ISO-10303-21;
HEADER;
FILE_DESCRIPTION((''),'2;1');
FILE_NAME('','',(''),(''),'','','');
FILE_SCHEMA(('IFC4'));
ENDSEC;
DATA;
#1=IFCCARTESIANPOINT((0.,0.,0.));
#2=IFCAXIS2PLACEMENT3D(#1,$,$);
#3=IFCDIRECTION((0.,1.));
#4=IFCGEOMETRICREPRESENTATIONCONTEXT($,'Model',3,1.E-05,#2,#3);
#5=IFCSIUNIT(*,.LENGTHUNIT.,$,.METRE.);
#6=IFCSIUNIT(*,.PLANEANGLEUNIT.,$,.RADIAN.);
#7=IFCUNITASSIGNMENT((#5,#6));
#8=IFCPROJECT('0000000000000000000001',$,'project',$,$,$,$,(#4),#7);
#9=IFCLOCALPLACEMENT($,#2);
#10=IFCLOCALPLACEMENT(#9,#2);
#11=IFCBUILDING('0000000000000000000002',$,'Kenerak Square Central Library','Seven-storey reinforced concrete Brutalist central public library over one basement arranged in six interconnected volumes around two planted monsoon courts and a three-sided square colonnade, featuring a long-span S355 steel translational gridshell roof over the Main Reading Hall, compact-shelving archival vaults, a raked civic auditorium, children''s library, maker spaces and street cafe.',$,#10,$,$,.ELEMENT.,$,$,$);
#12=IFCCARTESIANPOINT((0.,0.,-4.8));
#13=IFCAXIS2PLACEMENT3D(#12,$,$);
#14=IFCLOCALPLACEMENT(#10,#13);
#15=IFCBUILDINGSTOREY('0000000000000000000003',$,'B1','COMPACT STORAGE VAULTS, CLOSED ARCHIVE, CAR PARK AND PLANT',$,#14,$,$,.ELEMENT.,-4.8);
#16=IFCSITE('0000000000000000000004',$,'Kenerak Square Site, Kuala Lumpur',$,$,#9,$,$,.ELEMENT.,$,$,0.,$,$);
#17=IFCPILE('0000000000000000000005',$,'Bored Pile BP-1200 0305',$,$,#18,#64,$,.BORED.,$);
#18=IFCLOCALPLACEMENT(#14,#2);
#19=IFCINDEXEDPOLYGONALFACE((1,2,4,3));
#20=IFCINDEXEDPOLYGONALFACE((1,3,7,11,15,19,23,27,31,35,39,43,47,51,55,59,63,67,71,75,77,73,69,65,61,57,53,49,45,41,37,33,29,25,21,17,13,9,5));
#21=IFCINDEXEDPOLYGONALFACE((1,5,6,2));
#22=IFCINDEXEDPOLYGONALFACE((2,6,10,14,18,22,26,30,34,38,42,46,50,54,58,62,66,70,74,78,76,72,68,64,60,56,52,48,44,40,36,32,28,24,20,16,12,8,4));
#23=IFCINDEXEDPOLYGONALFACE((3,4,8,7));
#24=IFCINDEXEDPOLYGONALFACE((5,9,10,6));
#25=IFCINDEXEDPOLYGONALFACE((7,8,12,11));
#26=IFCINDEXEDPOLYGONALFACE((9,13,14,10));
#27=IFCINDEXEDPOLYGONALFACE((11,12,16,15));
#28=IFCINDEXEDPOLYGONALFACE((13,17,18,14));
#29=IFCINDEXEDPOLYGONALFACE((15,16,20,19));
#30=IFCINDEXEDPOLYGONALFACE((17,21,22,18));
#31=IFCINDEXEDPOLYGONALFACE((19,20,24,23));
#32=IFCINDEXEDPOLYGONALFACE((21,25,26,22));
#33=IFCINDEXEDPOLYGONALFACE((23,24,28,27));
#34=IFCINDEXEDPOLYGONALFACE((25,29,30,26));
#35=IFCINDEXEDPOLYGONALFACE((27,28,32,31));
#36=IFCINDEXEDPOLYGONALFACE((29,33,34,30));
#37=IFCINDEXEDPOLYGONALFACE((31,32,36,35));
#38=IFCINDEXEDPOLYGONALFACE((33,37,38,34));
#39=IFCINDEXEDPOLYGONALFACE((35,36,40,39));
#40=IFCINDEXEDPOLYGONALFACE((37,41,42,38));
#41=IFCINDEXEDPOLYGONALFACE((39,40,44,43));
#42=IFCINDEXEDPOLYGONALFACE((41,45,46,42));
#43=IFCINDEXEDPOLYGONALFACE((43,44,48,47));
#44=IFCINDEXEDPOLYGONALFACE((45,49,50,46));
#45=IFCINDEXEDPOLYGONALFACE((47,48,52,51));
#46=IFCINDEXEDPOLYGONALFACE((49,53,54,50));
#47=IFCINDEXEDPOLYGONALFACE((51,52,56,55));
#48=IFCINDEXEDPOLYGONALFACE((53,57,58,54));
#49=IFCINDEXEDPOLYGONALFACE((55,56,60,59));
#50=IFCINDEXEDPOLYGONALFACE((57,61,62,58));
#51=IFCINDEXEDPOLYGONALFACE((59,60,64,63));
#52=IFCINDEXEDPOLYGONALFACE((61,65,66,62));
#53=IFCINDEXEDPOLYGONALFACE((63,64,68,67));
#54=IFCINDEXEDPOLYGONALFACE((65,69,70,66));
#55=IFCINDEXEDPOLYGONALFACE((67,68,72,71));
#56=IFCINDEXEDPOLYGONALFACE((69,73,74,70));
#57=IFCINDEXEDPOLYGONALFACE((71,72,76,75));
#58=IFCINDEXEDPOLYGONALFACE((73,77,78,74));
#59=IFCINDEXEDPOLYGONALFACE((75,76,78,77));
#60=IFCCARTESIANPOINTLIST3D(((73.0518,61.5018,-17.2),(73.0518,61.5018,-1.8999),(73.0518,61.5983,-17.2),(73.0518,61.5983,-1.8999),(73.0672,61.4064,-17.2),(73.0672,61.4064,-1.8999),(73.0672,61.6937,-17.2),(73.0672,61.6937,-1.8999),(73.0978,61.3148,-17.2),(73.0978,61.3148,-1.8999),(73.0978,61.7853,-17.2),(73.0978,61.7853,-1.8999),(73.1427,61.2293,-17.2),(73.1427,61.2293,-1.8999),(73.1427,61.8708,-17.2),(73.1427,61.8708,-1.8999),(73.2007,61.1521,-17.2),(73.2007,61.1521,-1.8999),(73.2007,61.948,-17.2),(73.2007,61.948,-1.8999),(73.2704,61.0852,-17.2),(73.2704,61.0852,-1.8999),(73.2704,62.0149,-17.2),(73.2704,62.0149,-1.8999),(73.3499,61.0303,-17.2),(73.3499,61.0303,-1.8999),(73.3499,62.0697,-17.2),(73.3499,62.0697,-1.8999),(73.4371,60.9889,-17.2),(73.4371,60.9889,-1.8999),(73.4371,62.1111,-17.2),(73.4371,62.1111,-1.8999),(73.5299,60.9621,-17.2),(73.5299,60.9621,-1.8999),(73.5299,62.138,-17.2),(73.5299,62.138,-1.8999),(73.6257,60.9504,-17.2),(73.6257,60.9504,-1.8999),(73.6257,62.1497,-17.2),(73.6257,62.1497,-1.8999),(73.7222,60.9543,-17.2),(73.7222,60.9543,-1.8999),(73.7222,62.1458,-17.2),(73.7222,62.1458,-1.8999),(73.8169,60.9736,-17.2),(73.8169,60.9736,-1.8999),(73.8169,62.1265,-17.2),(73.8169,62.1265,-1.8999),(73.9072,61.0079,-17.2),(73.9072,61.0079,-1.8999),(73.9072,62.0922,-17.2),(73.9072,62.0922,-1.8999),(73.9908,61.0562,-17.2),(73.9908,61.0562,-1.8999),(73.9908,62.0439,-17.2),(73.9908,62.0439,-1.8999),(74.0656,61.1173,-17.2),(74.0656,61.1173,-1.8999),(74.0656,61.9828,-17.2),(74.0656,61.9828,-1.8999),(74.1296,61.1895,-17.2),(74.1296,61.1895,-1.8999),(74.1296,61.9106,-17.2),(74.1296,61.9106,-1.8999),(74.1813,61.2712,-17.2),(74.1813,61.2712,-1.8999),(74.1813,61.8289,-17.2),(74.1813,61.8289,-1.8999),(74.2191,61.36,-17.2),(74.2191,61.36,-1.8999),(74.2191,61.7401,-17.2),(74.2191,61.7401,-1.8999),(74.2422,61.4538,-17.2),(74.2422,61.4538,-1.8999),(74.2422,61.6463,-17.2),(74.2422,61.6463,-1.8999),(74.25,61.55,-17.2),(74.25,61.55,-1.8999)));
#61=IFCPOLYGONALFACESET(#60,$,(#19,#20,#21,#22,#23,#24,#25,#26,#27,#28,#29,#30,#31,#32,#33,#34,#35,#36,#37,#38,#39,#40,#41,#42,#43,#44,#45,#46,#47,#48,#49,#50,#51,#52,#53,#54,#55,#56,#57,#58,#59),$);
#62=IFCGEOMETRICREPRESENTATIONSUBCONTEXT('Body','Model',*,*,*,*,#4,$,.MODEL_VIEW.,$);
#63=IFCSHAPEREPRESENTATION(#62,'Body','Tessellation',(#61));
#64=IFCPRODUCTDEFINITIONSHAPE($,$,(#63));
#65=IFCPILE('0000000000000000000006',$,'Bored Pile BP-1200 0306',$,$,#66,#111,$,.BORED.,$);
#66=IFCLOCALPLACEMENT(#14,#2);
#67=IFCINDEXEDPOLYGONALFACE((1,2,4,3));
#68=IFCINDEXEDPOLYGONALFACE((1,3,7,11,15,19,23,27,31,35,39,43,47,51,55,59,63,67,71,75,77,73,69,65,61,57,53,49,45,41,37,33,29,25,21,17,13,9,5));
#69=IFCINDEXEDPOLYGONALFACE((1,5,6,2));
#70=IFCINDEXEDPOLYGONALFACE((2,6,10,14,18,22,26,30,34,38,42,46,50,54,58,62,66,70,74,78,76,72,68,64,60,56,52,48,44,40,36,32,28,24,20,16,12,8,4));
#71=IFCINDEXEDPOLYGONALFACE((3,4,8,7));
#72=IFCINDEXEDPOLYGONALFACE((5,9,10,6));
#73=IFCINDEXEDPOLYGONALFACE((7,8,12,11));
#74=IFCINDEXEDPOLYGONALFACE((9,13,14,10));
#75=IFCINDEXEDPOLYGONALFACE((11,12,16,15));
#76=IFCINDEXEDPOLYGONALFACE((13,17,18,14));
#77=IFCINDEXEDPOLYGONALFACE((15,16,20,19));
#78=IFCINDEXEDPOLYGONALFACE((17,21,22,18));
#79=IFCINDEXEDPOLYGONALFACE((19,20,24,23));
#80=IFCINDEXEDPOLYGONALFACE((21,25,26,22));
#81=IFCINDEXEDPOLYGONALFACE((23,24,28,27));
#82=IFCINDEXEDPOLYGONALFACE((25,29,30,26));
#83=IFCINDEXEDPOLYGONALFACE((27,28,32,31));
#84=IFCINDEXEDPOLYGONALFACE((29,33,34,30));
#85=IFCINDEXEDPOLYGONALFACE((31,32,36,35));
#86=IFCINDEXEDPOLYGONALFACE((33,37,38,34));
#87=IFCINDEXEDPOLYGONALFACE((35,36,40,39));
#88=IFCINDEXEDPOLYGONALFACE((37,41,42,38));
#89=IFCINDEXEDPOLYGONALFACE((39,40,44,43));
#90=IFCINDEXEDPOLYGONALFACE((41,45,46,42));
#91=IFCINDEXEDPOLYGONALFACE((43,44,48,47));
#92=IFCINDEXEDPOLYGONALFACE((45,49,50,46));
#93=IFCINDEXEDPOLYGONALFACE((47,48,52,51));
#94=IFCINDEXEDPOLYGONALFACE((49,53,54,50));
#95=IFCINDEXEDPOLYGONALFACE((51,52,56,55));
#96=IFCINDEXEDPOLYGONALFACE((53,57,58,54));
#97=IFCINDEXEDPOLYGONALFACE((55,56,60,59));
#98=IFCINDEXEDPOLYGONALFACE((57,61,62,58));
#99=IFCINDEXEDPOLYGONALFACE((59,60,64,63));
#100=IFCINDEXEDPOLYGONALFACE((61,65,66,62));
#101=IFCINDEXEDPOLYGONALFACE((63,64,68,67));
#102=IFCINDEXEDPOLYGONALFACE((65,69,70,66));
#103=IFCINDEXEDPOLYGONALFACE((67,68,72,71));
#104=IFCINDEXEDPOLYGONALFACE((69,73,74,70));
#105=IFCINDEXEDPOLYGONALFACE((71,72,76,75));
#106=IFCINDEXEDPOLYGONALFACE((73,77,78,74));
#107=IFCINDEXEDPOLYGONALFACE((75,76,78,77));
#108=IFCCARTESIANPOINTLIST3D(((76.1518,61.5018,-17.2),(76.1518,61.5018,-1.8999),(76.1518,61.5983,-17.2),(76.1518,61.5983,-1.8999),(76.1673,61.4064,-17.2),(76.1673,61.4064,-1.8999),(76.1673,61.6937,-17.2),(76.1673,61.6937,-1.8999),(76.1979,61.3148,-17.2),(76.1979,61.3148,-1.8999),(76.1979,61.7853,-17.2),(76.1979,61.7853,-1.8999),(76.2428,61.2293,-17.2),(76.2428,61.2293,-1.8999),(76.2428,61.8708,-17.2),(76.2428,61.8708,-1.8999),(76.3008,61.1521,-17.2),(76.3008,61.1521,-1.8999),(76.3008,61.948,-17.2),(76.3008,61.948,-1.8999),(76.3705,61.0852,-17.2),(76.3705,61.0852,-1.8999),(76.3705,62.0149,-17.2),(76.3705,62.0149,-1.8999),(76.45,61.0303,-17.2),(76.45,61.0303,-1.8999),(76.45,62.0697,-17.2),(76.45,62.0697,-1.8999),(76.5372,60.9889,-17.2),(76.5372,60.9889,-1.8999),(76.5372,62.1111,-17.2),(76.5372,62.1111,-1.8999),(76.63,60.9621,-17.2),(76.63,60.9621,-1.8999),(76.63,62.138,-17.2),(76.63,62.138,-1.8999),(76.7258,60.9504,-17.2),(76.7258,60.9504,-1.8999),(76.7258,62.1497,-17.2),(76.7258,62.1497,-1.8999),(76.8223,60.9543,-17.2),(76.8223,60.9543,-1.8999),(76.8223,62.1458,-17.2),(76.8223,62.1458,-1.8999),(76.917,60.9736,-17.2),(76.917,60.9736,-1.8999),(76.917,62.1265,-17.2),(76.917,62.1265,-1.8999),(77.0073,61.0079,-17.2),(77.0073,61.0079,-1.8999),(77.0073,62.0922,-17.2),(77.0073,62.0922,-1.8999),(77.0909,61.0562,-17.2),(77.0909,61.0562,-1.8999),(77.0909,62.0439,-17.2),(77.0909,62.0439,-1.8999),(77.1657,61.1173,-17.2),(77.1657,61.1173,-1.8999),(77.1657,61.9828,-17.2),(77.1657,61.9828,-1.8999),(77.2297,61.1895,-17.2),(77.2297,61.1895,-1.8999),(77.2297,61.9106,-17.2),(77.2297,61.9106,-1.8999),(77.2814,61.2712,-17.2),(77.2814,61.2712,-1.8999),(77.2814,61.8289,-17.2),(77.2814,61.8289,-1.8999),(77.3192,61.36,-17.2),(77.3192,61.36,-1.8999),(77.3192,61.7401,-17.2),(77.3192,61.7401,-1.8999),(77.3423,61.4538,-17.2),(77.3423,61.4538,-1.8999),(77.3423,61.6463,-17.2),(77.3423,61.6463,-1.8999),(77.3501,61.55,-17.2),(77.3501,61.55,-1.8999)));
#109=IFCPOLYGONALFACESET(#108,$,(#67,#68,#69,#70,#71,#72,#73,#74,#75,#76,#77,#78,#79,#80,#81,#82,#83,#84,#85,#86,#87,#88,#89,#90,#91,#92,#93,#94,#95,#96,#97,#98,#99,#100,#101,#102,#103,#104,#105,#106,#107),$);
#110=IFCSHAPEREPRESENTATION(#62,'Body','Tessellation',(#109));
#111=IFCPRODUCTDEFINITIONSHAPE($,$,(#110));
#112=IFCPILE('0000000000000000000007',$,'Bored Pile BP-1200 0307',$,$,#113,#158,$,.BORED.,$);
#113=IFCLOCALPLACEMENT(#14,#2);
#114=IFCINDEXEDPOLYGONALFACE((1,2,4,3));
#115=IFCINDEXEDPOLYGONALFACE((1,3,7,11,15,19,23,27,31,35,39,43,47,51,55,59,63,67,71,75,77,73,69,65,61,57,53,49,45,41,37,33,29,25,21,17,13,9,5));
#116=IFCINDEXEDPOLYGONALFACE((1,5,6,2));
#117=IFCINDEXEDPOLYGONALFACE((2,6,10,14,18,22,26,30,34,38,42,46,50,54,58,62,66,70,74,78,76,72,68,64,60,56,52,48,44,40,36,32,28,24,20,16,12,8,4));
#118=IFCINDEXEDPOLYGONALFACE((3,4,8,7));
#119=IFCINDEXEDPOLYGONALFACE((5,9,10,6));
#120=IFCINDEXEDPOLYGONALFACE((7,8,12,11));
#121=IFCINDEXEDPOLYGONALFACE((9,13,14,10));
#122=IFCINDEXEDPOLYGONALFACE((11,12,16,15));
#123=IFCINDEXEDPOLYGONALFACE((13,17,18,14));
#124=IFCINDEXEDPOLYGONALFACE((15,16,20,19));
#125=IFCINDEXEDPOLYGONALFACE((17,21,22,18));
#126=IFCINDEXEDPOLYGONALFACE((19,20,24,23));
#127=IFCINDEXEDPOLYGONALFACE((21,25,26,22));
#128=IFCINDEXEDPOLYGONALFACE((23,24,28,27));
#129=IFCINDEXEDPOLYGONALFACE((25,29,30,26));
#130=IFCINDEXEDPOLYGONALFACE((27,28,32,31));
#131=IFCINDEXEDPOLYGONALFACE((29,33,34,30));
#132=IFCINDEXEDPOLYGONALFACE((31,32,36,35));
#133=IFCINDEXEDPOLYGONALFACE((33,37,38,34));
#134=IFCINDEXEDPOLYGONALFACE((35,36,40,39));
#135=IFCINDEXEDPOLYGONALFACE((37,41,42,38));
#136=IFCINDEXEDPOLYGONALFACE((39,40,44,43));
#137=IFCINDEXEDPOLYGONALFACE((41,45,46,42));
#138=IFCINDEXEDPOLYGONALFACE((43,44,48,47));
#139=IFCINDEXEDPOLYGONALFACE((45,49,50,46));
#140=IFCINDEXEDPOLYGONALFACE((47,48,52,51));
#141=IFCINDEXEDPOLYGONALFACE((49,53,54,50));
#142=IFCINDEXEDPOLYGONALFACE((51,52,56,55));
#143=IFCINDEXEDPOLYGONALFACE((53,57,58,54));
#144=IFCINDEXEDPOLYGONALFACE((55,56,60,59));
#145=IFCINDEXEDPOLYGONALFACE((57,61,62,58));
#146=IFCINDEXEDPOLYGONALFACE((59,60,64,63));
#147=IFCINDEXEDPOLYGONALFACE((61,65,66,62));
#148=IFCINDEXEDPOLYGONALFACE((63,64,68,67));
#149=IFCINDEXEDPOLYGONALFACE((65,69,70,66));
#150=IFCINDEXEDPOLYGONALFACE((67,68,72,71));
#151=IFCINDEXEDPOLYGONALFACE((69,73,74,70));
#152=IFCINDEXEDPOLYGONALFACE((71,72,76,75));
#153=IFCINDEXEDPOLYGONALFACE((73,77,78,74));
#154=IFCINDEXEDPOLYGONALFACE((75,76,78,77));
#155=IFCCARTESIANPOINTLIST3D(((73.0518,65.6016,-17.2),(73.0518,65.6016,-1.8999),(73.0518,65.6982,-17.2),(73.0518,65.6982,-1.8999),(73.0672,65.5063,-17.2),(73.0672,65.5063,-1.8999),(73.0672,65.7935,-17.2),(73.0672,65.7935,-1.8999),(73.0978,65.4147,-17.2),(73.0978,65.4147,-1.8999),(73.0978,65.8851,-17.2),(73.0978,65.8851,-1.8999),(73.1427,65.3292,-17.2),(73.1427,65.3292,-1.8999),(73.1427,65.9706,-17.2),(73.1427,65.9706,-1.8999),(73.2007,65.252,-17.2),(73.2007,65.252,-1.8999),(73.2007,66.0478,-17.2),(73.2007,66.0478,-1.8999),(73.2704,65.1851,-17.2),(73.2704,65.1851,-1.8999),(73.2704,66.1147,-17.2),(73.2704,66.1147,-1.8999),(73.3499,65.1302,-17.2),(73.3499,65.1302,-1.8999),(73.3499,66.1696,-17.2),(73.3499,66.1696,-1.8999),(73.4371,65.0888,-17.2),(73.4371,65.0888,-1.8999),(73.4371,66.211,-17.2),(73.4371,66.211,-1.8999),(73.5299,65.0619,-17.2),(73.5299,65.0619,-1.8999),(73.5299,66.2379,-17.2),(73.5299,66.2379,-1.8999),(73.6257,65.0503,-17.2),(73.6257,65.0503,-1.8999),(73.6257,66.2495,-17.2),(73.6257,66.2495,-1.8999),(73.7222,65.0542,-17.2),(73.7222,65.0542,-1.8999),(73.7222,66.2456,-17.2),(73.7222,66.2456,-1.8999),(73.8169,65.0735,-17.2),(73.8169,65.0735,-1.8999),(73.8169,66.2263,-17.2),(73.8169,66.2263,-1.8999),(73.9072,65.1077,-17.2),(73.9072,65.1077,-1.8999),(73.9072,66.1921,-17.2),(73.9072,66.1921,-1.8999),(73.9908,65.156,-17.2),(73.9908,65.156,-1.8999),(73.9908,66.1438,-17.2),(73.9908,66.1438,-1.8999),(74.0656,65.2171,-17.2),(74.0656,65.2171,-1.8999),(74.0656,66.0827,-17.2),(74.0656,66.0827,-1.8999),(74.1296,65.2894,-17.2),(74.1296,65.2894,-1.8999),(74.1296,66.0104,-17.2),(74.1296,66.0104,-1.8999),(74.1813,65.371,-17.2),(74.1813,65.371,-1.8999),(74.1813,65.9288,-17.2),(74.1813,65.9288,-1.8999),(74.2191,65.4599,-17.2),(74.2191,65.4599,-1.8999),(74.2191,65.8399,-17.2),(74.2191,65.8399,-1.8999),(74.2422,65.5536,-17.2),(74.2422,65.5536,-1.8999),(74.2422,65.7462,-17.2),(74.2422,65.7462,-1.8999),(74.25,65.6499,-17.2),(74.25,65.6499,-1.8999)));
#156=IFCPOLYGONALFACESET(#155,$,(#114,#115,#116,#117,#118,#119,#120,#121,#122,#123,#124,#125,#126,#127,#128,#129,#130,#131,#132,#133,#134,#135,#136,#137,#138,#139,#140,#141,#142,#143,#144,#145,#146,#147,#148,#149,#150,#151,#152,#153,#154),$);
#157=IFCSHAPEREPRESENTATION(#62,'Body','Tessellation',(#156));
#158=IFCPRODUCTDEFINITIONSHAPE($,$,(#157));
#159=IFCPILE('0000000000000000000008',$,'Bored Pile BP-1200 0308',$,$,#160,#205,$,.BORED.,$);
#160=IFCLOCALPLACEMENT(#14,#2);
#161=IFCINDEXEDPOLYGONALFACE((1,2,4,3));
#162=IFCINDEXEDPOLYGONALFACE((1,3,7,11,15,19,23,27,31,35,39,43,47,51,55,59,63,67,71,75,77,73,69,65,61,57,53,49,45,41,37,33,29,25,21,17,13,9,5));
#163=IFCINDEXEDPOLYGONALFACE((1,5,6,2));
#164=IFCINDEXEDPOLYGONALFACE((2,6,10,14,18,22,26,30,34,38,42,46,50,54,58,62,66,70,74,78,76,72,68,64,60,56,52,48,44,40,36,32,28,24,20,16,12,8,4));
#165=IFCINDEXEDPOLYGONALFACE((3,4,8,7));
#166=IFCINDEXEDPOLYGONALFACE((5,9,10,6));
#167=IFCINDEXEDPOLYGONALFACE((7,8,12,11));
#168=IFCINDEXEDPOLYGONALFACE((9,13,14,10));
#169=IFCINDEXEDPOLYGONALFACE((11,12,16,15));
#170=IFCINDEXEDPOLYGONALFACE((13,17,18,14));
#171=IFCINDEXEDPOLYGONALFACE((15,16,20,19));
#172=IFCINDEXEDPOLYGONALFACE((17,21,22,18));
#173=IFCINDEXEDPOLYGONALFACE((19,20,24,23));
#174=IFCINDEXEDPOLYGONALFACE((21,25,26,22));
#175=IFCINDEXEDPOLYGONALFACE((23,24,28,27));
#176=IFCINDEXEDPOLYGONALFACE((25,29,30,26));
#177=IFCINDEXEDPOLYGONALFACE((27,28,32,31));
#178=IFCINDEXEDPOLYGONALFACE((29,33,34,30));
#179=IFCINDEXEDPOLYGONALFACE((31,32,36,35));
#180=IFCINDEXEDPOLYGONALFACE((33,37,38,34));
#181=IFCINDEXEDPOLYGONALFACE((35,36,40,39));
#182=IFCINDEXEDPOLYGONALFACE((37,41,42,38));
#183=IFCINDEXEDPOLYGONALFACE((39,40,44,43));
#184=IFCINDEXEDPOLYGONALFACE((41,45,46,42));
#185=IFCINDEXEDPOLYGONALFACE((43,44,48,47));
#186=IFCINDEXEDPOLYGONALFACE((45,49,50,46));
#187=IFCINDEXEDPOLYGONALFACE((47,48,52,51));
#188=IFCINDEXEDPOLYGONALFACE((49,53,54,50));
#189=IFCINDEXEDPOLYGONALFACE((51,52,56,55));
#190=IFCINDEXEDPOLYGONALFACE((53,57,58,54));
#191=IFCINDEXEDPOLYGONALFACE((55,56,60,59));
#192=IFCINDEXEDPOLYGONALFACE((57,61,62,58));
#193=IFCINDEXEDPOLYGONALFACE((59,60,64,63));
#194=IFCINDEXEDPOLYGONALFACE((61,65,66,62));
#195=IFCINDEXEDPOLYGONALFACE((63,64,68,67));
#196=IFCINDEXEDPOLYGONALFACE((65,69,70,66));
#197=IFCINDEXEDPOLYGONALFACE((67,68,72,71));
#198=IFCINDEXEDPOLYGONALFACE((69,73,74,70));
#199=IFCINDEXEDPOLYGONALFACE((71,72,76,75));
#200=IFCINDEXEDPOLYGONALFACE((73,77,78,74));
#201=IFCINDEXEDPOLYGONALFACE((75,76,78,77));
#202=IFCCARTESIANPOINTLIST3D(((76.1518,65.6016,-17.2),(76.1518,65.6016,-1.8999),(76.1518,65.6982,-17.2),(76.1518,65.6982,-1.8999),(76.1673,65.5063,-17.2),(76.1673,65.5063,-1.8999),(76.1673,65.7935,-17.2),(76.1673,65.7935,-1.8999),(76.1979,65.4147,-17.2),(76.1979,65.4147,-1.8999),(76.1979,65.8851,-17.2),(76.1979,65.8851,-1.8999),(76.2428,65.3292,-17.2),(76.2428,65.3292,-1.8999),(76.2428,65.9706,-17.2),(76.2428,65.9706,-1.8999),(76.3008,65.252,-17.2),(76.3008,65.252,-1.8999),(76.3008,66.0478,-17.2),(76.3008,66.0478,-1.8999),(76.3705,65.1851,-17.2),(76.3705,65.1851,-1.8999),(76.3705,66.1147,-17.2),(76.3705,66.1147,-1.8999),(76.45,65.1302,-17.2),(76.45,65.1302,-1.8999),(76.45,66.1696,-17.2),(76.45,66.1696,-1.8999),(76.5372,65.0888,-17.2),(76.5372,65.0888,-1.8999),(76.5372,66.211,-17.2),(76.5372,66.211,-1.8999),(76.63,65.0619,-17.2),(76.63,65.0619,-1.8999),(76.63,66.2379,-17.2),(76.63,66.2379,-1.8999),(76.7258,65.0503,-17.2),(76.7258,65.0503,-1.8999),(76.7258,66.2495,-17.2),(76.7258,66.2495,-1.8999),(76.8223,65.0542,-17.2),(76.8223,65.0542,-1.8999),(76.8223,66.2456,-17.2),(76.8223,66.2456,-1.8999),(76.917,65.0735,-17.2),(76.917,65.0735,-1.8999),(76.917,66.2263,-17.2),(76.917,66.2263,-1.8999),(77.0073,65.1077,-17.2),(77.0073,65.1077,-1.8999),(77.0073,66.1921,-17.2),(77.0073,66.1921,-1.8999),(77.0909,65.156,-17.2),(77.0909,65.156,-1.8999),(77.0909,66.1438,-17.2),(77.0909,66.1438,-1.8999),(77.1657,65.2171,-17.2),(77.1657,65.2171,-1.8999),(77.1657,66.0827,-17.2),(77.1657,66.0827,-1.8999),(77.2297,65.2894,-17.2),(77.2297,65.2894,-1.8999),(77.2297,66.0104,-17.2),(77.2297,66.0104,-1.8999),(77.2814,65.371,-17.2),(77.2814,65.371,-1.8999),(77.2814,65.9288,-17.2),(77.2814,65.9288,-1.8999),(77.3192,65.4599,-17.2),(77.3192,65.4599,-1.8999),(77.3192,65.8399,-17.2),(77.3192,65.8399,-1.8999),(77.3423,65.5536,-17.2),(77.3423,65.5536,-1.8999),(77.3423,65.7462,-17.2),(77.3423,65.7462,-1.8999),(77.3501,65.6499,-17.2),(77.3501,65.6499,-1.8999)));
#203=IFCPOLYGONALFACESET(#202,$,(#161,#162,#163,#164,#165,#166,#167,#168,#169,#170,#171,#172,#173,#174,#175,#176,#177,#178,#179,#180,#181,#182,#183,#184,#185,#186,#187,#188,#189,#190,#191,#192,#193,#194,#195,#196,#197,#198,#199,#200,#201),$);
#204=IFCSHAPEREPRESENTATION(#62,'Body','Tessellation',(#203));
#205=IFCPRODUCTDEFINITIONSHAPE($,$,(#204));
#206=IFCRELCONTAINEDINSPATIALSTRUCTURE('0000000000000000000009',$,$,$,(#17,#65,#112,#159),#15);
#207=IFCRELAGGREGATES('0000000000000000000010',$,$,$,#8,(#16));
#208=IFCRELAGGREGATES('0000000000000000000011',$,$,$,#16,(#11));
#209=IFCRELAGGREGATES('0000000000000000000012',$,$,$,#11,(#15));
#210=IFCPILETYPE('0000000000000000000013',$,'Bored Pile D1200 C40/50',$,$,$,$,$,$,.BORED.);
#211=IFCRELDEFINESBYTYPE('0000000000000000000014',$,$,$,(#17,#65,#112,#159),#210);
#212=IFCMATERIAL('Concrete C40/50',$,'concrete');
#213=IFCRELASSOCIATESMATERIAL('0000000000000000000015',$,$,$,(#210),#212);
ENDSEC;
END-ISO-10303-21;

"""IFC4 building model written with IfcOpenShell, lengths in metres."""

from ifc_helpers import new_model, si_unit, direction, frame, origin, origin_2d, place, context, subcontext, project, spatial, circle, extrude, material, material_profile, profile_set, type_object, element, save


model = new_model("IFC4")

# Units and contexts
model_context = context("Model", 3, precision=1e-05, world=origin(), true_north=direction((0.0, 1.0)))
body_context = subcontext(model_context, "Body", "Model", "MODEL_VIEW")
ifc_project = project(units=[si_unit("LENGTHUNIT", "METRE"), si_unit("PLANEANGLEUNIT", "RADIAN")], contexts=[model_context])

# Site, building, storey
site_placement = place(None, origin())
site = spatial("IfcSite", under=ifc_project, at=site_placement, Name="Kenerak Square Site, Kuala Lumpur", CompositionType="ELEMENT", RefElevation=0.0)
building_placement = place(site_placement, origin())
building = spatial("IfcBuilding", under=site, at=building_placement, Name="Kenerak Square Central Library", Description="Seven-storey reinforced concrete Brutalist central public library over one basement arranged in six interconnected volumes around two planted monsoon courts and a three-sided square colonnade, featuring a long-span S355 steel translational gridshell roof over the Main Reading Hall, compact-shelving archival vaults, a raked civic auditorium, children's library, maker spaces and street cafe.", CompositionType="ELEMENT")
storey_placement = place(building_placement, frame((0.0, 0.0, -4.8)))
storey = spatial("IfcBuildingStorey", under=building, at=storey_placement, Name="B1", Description="COMPACT STORAGE VAULTS, CLOSED ARCHIVE, CAR PARK AND PLANT", CompositionType="ELEMENT", Elevation=-4.8)

# Piles
ifc_material_1 = material(Name="Concrete C40/50", Category="concrete")
ifc_material_profile_1 = material_profile(ifc_material_1, circle(Radius=0.6001, at=origin_2d()), Name="BP D1200")
ifc_profile_set_1 = profile_set([ifc_material_profile_1], Name="Concrete C40/50")
pile_type_1 = type_object("IfcPileType", Name="Bored Pile D1200 C40/50", PredefinedType="BORED", material=ifc_profile_set_1)
for number, where, z_axis, x_axis, name in (
    (1, (73.6499, 61.55, -1.8999), (0.0, 0.0, -1.0), (1.0, 0.0, 0.0), "Bored Pile BP-1200 0305"),
    (2, (76.75, 61.55, -1.8999), (0.0, 0.0, -1.0), (1.0, 0.0, 0.0), "Bored Pile BP-1200 0306"),
    (3, (73.6499, 65.6499, -1.8999), (0.0, 0.0, -1.0), (1.0, 0.0, 0.0), "Bored Pile BP-1200 0307"),
    (4, (76.75, 65.6499, -1.8999), (0.0, 0.0, -1.0), (1.0, 0.0, 0.0), "Bored Pile BP-1200 0308"),
):
    element("IfcPile", number, at=place(storey_placement, frame(where, z_axis=z_axis, x_axis=x_axis)), inside=storey, type_object=pile_type_1, Name=name, PredefinedType="BORED", context=body_context, shape_type="SweptSolid", body=[
        extrude(circle(Radius=0.6001, at=origin_2d()), origin(), (0.0, 0.0, 1.0), 15.3),
    ])

save(model, "model.ifc")
